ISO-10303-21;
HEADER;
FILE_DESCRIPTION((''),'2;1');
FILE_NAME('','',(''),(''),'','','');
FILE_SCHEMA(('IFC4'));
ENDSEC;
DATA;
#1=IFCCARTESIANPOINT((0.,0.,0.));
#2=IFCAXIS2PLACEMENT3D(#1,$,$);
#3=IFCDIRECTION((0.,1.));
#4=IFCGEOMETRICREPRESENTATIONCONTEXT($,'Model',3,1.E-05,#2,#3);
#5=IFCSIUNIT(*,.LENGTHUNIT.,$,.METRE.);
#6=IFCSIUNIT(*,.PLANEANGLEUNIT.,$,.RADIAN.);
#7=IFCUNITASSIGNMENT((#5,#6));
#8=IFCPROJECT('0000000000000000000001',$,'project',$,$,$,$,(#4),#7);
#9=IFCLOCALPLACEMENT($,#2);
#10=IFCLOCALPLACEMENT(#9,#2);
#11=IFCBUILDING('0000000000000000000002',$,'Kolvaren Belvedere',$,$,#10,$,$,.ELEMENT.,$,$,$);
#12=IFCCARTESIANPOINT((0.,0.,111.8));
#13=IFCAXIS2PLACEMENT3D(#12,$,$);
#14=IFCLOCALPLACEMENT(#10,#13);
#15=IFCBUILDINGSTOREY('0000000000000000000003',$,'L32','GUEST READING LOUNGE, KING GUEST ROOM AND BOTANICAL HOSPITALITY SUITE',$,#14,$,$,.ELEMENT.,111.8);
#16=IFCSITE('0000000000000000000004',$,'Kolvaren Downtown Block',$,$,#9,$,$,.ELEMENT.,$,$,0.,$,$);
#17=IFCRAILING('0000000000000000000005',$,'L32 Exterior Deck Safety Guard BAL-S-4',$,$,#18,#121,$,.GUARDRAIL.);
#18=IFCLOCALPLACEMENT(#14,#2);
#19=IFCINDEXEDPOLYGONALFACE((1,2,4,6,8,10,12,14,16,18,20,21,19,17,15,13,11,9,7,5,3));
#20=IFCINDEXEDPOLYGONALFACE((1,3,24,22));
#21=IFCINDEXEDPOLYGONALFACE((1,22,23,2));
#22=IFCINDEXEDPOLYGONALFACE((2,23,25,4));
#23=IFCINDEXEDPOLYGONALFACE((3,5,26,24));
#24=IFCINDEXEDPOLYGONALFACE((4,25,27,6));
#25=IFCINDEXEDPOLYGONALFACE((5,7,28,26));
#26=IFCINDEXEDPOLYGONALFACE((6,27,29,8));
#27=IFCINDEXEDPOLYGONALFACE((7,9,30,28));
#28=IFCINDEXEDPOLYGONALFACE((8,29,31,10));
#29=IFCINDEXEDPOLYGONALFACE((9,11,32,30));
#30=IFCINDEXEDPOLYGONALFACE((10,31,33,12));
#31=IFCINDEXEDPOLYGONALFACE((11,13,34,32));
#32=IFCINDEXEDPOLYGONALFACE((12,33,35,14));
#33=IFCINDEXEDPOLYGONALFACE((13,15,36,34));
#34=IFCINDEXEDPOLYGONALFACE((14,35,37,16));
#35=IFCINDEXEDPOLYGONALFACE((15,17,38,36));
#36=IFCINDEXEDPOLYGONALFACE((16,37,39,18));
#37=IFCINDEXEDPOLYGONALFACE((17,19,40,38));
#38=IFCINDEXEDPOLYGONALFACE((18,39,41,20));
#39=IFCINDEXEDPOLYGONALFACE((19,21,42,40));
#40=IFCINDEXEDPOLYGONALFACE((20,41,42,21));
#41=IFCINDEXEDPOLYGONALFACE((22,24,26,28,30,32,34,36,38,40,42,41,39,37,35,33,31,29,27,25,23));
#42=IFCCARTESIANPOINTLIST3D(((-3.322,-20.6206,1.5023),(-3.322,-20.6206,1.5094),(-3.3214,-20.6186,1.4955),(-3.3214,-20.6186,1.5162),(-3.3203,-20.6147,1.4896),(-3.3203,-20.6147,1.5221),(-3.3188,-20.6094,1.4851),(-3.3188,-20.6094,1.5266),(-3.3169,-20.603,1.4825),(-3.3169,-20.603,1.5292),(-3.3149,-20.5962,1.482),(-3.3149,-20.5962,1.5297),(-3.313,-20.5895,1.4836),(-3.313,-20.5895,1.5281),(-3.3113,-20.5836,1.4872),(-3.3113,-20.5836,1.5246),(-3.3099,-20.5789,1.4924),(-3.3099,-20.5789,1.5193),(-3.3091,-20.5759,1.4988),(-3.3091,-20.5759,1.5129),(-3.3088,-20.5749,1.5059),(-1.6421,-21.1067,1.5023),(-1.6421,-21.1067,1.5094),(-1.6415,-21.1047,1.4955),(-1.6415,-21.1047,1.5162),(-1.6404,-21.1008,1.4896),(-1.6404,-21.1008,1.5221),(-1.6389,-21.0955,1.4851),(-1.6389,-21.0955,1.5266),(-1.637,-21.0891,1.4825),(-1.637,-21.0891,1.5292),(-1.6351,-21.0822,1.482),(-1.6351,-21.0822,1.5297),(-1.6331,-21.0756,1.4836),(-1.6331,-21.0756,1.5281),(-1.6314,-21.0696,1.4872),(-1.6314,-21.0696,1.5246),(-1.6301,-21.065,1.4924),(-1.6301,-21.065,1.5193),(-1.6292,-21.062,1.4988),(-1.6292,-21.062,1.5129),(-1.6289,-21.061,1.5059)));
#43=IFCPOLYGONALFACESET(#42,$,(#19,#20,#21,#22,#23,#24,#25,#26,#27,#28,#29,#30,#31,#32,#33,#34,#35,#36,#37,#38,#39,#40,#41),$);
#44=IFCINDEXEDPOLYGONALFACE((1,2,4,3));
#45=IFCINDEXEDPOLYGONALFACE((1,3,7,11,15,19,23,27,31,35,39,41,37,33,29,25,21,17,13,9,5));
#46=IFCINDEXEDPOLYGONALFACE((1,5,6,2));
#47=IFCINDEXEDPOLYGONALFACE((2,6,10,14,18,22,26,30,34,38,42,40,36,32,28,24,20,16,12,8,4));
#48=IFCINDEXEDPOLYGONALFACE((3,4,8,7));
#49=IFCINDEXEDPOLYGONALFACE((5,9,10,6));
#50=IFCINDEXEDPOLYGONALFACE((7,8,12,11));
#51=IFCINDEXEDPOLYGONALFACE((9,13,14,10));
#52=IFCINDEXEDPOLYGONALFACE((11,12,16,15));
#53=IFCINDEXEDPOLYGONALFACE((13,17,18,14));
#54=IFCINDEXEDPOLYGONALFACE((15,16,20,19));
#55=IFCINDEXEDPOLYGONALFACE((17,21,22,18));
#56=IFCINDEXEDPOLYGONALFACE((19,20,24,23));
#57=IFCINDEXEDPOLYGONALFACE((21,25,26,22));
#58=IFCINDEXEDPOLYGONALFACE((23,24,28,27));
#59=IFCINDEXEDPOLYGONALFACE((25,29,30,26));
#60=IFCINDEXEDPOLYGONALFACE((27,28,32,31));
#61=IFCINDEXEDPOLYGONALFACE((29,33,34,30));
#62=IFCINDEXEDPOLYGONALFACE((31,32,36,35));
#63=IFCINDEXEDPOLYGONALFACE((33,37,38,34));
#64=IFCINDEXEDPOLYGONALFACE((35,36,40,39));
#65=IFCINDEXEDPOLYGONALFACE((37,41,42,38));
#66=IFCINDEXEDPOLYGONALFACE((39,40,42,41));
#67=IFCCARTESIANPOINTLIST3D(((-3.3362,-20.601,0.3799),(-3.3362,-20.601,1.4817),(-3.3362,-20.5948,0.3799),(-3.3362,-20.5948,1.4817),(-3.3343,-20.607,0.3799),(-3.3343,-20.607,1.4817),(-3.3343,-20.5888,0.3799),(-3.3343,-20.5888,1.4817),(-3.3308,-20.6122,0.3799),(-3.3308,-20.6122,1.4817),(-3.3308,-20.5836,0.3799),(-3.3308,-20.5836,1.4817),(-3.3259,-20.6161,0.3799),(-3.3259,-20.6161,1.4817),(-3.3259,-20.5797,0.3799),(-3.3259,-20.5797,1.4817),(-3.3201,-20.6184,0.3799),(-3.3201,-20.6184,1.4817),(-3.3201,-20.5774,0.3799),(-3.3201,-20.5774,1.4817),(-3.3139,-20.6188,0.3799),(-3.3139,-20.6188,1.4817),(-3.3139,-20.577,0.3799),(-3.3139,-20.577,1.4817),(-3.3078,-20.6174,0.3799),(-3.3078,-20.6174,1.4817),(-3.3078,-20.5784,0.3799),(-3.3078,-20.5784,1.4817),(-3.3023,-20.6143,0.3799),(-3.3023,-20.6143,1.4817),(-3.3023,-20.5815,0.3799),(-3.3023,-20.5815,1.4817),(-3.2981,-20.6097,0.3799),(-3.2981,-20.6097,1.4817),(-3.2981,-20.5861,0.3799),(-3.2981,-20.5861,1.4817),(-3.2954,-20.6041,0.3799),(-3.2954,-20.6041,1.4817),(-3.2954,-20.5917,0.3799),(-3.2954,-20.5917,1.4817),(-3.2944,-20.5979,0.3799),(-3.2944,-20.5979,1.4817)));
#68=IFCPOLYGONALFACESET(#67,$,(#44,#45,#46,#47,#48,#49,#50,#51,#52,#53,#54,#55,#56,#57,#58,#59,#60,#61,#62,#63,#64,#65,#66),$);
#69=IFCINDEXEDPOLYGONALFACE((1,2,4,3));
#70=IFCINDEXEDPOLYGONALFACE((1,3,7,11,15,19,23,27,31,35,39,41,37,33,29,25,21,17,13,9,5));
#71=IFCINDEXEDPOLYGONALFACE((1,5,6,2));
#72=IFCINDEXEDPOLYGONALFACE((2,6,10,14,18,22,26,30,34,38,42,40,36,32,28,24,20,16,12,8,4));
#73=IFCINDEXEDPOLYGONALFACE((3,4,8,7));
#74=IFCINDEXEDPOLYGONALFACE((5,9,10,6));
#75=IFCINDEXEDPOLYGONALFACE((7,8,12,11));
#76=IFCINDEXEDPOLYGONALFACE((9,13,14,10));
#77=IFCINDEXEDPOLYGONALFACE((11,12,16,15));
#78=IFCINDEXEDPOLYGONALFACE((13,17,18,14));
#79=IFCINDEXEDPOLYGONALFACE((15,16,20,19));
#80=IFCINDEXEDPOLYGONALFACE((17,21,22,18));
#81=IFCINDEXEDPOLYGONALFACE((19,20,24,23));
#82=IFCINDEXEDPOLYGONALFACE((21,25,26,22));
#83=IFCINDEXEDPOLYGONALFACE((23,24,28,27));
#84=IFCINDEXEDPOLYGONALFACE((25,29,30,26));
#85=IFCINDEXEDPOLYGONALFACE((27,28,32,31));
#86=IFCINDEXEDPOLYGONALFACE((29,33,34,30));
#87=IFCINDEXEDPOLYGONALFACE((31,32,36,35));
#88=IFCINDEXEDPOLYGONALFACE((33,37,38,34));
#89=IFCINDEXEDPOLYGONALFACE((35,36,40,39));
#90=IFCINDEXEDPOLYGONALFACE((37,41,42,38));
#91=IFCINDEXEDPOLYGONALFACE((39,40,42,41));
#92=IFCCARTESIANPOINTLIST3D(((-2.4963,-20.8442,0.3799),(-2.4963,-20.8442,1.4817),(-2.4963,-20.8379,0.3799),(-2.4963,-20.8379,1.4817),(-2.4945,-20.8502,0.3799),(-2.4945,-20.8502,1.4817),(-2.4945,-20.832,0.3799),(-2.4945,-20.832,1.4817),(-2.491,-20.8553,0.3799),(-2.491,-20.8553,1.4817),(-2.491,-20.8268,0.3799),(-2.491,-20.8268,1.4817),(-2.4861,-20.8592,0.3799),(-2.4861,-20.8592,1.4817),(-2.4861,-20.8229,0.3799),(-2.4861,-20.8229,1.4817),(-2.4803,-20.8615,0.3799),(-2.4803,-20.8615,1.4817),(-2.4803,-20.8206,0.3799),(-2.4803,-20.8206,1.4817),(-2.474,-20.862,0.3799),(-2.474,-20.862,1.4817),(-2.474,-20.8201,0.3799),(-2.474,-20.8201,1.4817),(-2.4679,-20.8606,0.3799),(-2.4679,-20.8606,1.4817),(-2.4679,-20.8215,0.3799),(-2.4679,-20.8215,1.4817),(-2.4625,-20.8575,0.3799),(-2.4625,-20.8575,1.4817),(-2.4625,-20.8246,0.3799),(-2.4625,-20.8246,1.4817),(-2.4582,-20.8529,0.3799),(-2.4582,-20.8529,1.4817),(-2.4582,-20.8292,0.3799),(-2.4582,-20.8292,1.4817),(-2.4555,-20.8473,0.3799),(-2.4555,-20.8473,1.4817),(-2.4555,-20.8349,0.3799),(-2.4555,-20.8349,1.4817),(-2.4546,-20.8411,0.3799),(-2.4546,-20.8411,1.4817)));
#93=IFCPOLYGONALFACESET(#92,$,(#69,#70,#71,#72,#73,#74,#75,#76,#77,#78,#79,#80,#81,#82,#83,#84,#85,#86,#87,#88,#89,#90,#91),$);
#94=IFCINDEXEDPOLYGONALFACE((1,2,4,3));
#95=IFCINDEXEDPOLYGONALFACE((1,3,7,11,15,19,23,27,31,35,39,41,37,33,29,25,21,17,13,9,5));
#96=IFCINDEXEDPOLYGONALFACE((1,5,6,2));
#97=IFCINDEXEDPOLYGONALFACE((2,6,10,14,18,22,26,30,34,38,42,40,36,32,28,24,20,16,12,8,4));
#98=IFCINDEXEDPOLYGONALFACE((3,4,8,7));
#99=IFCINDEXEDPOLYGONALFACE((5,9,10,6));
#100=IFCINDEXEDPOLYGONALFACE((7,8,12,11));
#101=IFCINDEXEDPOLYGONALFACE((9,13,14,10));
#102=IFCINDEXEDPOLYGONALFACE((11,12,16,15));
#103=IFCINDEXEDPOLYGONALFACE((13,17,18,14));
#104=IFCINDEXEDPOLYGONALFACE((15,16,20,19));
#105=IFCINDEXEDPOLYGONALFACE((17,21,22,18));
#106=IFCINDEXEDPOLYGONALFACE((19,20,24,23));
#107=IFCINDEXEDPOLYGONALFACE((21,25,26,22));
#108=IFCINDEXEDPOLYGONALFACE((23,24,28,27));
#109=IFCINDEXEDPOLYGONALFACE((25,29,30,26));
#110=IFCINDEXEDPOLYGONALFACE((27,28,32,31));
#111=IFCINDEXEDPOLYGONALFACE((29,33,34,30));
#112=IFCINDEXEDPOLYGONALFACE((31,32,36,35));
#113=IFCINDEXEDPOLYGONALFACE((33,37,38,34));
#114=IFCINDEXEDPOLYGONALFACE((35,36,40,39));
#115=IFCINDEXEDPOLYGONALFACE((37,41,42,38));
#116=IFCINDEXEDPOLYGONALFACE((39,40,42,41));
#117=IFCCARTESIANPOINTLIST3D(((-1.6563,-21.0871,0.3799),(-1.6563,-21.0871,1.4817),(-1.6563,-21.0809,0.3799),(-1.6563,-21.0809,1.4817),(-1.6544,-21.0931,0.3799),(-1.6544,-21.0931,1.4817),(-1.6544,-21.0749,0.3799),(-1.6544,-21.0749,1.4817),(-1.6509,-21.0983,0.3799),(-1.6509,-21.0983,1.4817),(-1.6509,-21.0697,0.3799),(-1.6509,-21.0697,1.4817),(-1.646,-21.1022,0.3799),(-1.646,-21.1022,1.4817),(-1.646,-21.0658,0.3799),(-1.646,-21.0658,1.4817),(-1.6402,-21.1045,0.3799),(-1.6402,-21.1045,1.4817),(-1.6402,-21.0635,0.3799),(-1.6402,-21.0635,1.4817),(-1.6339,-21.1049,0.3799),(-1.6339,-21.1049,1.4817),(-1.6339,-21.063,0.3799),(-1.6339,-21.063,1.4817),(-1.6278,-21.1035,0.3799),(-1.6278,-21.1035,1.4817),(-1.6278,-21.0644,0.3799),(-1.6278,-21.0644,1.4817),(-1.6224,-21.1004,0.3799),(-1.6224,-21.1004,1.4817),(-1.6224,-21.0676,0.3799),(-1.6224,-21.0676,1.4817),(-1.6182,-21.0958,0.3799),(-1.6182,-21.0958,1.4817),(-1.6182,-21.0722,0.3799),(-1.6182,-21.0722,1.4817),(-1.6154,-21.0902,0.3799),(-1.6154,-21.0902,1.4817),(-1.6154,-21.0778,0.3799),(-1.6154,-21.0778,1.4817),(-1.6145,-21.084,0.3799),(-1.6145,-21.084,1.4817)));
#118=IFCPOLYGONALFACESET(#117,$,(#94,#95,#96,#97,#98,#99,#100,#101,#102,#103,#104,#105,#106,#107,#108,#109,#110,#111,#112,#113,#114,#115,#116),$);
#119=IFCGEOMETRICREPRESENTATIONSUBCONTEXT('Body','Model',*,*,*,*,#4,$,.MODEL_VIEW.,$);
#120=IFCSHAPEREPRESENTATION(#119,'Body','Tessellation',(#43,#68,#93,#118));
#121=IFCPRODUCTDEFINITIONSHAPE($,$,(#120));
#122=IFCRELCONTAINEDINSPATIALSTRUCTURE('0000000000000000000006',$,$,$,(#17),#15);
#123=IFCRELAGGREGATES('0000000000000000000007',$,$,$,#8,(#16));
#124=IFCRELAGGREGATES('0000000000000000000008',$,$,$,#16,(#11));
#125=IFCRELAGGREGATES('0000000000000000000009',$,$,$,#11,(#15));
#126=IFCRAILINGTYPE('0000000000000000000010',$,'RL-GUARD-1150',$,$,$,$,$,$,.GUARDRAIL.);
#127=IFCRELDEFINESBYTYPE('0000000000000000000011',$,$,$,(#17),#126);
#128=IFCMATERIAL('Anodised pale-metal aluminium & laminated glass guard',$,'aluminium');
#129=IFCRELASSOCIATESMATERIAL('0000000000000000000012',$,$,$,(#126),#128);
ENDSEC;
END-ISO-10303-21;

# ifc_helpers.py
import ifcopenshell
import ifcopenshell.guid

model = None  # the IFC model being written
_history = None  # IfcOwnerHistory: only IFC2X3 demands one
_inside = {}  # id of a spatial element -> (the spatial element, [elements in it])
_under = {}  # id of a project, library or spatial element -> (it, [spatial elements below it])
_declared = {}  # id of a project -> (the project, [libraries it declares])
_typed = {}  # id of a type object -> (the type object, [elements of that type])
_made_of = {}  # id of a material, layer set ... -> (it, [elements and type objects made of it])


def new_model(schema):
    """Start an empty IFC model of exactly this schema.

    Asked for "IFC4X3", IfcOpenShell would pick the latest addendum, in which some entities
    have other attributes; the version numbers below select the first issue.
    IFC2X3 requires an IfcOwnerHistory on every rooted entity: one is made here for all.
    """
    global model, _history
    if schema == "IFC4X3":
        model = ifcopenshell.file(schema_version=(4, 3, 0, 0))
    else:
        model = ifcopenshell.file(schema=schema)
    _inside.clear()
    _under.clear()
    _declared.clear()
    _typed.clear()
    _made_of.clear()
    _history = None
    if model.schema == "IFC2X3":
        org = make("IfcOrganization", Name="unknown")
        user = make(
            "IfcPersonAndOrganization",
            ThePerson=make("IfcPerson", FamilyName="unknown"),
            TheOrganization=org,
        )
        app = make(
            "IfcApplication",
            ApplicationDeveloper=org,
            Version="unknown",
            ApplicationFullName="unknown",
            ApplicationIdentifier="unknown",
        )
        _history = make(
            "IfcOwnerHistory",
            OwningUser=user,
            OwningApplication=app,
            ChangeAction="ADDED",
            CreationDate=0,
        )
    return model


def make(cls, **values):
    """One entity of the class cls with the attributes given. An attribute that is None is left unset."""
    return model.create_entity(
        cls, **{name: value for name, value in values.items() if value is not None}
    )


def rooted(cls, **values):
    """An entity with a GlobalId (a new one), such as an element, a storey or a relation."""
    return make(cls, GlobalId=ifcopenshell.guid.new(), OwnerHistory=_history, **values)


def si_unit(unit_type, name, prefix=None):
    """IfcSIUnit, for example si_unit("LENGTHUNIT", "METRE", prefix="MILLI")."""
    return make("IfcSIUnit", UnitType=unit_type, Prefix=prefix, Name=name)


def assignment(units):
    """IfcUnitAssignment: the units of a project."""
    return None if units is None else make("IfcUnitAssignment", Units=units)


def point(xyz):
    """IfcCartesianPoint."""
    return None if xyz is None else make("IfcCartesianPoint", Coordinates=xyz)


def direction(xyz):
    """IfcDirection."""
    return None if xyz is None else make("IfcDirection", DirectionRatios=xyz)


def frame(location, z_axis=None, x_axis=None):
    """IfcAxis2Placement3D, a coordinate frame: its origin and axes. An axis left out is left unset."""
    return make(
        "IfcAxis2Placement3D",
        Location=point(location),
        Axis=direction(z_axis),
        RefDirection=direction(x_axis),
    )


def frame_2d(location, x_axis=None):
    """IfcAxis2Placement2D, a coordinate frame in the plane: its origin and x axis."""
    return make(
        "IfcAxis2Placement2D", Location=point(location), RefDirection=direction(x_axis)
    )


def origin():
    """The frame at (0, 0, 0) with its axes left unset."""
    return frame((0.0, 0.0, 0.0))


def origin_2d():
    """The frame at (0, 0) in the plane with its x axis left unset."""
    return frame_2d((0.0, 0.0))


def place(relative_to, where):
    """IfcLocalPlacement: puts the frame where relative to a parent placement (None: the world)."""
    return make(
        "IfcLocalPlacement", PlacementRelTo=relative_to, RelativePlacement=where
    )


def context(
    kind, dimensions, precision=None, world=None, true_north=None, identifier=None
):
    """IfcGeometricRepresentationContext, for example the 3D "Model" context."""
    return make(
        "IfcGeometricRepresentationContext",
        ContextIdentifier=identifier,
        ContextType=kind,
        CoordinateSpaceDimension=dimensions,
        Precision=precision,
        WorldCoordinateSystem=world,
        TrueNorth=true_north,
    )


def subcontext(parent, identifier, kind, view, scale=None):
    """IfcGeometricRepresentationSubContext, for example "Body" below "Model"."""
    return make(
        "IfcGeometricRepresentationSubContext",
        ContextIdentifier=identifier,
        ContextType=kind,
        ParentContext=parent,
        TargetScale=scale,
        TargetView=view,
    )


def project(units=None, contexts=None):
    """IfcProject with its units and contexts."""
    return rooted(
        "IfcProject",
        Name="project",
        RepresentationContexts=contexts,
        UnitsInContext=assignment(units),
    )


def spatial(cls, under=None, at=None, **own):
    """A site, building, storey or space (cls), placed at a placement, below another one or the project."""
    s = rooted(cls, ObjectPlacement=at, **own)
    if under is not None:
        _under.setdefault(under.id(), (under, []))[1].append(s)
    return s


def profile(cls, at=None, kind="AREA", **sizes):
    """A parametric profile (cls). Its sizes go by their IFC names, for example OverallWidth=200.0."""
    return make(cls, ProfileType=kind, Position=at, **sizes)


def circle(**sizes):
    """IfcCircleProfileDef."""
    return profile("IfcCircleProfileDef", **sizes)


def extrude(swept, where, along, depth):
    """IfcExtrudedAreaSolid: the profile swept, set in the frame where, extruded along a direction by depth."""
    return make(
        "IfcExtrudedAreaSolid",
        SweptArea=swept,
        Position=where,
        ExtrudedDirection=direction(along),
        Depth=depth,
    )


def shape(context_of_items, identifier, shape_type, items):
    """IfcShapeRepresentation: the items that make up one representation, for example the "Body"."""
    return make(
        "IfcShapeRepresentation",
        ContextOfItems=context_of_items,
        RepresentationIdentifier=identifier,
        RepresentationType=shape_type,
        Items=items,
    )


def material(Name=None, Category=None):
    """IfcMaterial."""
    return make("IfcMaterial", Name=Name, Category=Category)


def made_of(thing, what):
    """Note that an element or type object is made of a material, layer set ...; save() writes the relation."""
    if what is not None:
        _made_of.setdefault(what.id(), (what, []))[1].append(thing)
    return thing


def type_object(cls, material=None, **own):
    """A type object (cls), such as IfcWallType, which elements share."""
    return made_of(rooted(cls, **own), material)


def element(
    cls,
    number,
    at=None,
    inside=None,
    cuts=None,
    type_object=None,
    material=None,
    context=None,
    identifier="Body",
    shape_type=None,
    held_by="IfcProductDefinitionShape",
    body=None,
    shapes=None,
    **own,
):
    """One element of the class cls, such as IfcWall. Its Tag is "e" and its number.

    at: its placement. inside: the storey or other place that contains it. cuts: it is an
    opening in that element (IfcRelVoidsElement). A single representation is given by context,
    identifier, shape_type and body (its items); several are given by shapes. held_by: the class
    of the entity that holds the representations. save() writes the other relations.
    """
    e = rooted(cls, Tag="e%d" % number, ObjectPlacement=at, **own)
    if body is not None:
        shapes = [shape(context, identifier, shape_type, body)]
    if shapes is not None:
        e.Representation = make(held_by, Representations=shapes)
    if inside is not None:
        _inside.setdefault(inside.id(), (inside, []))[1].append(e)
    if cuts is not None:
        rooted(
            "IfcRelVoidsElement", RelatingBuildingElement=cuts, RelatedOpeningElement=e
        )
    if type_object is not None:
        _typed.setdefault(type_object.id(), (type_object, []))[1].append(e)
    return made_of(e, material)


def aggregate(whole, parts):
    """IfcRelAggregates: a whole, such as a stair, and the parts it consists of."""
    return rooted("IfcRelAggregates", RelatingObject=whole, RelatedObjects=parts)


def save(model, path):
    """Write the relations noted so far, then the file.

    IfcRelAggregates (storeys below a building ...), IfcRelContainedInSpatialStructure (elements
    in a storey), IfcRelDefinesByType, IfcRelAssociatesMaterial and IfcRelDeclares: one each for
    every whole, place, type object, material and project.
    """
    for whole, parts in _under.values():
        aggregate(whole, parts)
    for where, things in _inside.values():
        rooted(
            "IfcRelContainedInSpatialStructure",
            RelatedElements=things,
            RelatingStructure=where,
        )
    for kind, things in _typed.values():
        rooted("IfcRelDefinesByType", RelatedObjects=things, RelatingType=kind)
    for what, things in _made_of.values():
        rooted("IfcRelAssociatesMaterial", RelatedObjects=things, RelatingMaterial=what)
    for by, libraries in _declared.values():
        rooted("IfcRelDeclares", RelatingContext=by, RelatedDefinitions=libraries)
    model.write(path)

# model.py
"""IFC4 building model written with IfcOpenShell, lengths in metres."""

from ifc_helpers import new_model, si_unit, direction, frame, origin, origin_2d, place, context, subcontext, project, spatial, circle, extrude, material, type_object, element, save


model = new_model("IFC4")

# Units and contexts
model_context = context("Model", 3, precision=1e-05, world=origin(), true_north=direction((0.0, 1.0)))
body_context = subcontext(model_context, "Body", "Model", "MODEL_VIEW")
ifc_project = project(units=[si_unit("LENGTHUNIT", "METRE"), si_unit("PLANEANGLEUNIT", "RADIAN")], contexts=[model_context])

# Site, building, storey
site_placement = place(None, origin())
site = spatial("IfcSite", under=ifc_project, at=site_placement, Name="Kolvaren Downtown Block", CompositionType="ELEMENT", RefElevation=0.0)
building_placement = place(site_placement, origin())
building = spatial("IfcBuilding", under=site, at=building_placement, Name="Kolvaren Belvedere", CompositionType="ELEMENT")
storey_placement = place(building_placement, frame((0.0, 0.0, 111.8)))
storey = spatial("IfcBuildingStorey", under=building, at=storey_placement, Name="L32", Description="GUEST READING LOUNGE, KING GUEST ROOM AND BOTANICAL HOSPITALITY SUITE", CompositionType="ELEMENT", Elevation=111.8)

# Railing
ifc_material_1 = material(Name="Anodised pale-metal aluminium & laminated glass guard", Category="aluminium")
railing_type = type_object("IfcRailingType", Name="RL-GUARD-1150", PredefinedType="GUARDRAIL", material=ifc_material_1)
railing_1_placement = place(storey_placement, frame((-3.3154, -20.5979, 0.3799)))
element("IfcRailing", 1, at=railing_1_placement, inside=storey, type_object=railing_type, Name="L32 Exterior Deck Safety Guard BAL-S-4", PredefinedType="GUARDRAIL", context=body_context, shape_type="SweptSolid", body=[
    extrude(circle(Radius=0.0239, at=origin_2d()), frame((0.0, 0.0, 1.126), z_axis=(0.960597, -0.277946, 0.0), x_axis=(0.277946, 0.960597, 0.0)), (0.0, 0.0, 1.0), 1.7488),
    extrude(circle(Radius=0.021, at=origin_2d()), origin(), (0.0, 0.0, 1.0), 1.1018),
    extrude(circle(Radius=0.021, at=origin_2d()), frame((0.8398, -0.2432, 0.0)), (0.0, 0.0, 1.0), 1.1018),
    extrude(circle(Radius=0.021, at=origin_2d()), frame((1.6799, -0.4861, 0.0)), (0.0, 0.0, 1.0), 1.1018),
])

save(model, "model.ifc")
